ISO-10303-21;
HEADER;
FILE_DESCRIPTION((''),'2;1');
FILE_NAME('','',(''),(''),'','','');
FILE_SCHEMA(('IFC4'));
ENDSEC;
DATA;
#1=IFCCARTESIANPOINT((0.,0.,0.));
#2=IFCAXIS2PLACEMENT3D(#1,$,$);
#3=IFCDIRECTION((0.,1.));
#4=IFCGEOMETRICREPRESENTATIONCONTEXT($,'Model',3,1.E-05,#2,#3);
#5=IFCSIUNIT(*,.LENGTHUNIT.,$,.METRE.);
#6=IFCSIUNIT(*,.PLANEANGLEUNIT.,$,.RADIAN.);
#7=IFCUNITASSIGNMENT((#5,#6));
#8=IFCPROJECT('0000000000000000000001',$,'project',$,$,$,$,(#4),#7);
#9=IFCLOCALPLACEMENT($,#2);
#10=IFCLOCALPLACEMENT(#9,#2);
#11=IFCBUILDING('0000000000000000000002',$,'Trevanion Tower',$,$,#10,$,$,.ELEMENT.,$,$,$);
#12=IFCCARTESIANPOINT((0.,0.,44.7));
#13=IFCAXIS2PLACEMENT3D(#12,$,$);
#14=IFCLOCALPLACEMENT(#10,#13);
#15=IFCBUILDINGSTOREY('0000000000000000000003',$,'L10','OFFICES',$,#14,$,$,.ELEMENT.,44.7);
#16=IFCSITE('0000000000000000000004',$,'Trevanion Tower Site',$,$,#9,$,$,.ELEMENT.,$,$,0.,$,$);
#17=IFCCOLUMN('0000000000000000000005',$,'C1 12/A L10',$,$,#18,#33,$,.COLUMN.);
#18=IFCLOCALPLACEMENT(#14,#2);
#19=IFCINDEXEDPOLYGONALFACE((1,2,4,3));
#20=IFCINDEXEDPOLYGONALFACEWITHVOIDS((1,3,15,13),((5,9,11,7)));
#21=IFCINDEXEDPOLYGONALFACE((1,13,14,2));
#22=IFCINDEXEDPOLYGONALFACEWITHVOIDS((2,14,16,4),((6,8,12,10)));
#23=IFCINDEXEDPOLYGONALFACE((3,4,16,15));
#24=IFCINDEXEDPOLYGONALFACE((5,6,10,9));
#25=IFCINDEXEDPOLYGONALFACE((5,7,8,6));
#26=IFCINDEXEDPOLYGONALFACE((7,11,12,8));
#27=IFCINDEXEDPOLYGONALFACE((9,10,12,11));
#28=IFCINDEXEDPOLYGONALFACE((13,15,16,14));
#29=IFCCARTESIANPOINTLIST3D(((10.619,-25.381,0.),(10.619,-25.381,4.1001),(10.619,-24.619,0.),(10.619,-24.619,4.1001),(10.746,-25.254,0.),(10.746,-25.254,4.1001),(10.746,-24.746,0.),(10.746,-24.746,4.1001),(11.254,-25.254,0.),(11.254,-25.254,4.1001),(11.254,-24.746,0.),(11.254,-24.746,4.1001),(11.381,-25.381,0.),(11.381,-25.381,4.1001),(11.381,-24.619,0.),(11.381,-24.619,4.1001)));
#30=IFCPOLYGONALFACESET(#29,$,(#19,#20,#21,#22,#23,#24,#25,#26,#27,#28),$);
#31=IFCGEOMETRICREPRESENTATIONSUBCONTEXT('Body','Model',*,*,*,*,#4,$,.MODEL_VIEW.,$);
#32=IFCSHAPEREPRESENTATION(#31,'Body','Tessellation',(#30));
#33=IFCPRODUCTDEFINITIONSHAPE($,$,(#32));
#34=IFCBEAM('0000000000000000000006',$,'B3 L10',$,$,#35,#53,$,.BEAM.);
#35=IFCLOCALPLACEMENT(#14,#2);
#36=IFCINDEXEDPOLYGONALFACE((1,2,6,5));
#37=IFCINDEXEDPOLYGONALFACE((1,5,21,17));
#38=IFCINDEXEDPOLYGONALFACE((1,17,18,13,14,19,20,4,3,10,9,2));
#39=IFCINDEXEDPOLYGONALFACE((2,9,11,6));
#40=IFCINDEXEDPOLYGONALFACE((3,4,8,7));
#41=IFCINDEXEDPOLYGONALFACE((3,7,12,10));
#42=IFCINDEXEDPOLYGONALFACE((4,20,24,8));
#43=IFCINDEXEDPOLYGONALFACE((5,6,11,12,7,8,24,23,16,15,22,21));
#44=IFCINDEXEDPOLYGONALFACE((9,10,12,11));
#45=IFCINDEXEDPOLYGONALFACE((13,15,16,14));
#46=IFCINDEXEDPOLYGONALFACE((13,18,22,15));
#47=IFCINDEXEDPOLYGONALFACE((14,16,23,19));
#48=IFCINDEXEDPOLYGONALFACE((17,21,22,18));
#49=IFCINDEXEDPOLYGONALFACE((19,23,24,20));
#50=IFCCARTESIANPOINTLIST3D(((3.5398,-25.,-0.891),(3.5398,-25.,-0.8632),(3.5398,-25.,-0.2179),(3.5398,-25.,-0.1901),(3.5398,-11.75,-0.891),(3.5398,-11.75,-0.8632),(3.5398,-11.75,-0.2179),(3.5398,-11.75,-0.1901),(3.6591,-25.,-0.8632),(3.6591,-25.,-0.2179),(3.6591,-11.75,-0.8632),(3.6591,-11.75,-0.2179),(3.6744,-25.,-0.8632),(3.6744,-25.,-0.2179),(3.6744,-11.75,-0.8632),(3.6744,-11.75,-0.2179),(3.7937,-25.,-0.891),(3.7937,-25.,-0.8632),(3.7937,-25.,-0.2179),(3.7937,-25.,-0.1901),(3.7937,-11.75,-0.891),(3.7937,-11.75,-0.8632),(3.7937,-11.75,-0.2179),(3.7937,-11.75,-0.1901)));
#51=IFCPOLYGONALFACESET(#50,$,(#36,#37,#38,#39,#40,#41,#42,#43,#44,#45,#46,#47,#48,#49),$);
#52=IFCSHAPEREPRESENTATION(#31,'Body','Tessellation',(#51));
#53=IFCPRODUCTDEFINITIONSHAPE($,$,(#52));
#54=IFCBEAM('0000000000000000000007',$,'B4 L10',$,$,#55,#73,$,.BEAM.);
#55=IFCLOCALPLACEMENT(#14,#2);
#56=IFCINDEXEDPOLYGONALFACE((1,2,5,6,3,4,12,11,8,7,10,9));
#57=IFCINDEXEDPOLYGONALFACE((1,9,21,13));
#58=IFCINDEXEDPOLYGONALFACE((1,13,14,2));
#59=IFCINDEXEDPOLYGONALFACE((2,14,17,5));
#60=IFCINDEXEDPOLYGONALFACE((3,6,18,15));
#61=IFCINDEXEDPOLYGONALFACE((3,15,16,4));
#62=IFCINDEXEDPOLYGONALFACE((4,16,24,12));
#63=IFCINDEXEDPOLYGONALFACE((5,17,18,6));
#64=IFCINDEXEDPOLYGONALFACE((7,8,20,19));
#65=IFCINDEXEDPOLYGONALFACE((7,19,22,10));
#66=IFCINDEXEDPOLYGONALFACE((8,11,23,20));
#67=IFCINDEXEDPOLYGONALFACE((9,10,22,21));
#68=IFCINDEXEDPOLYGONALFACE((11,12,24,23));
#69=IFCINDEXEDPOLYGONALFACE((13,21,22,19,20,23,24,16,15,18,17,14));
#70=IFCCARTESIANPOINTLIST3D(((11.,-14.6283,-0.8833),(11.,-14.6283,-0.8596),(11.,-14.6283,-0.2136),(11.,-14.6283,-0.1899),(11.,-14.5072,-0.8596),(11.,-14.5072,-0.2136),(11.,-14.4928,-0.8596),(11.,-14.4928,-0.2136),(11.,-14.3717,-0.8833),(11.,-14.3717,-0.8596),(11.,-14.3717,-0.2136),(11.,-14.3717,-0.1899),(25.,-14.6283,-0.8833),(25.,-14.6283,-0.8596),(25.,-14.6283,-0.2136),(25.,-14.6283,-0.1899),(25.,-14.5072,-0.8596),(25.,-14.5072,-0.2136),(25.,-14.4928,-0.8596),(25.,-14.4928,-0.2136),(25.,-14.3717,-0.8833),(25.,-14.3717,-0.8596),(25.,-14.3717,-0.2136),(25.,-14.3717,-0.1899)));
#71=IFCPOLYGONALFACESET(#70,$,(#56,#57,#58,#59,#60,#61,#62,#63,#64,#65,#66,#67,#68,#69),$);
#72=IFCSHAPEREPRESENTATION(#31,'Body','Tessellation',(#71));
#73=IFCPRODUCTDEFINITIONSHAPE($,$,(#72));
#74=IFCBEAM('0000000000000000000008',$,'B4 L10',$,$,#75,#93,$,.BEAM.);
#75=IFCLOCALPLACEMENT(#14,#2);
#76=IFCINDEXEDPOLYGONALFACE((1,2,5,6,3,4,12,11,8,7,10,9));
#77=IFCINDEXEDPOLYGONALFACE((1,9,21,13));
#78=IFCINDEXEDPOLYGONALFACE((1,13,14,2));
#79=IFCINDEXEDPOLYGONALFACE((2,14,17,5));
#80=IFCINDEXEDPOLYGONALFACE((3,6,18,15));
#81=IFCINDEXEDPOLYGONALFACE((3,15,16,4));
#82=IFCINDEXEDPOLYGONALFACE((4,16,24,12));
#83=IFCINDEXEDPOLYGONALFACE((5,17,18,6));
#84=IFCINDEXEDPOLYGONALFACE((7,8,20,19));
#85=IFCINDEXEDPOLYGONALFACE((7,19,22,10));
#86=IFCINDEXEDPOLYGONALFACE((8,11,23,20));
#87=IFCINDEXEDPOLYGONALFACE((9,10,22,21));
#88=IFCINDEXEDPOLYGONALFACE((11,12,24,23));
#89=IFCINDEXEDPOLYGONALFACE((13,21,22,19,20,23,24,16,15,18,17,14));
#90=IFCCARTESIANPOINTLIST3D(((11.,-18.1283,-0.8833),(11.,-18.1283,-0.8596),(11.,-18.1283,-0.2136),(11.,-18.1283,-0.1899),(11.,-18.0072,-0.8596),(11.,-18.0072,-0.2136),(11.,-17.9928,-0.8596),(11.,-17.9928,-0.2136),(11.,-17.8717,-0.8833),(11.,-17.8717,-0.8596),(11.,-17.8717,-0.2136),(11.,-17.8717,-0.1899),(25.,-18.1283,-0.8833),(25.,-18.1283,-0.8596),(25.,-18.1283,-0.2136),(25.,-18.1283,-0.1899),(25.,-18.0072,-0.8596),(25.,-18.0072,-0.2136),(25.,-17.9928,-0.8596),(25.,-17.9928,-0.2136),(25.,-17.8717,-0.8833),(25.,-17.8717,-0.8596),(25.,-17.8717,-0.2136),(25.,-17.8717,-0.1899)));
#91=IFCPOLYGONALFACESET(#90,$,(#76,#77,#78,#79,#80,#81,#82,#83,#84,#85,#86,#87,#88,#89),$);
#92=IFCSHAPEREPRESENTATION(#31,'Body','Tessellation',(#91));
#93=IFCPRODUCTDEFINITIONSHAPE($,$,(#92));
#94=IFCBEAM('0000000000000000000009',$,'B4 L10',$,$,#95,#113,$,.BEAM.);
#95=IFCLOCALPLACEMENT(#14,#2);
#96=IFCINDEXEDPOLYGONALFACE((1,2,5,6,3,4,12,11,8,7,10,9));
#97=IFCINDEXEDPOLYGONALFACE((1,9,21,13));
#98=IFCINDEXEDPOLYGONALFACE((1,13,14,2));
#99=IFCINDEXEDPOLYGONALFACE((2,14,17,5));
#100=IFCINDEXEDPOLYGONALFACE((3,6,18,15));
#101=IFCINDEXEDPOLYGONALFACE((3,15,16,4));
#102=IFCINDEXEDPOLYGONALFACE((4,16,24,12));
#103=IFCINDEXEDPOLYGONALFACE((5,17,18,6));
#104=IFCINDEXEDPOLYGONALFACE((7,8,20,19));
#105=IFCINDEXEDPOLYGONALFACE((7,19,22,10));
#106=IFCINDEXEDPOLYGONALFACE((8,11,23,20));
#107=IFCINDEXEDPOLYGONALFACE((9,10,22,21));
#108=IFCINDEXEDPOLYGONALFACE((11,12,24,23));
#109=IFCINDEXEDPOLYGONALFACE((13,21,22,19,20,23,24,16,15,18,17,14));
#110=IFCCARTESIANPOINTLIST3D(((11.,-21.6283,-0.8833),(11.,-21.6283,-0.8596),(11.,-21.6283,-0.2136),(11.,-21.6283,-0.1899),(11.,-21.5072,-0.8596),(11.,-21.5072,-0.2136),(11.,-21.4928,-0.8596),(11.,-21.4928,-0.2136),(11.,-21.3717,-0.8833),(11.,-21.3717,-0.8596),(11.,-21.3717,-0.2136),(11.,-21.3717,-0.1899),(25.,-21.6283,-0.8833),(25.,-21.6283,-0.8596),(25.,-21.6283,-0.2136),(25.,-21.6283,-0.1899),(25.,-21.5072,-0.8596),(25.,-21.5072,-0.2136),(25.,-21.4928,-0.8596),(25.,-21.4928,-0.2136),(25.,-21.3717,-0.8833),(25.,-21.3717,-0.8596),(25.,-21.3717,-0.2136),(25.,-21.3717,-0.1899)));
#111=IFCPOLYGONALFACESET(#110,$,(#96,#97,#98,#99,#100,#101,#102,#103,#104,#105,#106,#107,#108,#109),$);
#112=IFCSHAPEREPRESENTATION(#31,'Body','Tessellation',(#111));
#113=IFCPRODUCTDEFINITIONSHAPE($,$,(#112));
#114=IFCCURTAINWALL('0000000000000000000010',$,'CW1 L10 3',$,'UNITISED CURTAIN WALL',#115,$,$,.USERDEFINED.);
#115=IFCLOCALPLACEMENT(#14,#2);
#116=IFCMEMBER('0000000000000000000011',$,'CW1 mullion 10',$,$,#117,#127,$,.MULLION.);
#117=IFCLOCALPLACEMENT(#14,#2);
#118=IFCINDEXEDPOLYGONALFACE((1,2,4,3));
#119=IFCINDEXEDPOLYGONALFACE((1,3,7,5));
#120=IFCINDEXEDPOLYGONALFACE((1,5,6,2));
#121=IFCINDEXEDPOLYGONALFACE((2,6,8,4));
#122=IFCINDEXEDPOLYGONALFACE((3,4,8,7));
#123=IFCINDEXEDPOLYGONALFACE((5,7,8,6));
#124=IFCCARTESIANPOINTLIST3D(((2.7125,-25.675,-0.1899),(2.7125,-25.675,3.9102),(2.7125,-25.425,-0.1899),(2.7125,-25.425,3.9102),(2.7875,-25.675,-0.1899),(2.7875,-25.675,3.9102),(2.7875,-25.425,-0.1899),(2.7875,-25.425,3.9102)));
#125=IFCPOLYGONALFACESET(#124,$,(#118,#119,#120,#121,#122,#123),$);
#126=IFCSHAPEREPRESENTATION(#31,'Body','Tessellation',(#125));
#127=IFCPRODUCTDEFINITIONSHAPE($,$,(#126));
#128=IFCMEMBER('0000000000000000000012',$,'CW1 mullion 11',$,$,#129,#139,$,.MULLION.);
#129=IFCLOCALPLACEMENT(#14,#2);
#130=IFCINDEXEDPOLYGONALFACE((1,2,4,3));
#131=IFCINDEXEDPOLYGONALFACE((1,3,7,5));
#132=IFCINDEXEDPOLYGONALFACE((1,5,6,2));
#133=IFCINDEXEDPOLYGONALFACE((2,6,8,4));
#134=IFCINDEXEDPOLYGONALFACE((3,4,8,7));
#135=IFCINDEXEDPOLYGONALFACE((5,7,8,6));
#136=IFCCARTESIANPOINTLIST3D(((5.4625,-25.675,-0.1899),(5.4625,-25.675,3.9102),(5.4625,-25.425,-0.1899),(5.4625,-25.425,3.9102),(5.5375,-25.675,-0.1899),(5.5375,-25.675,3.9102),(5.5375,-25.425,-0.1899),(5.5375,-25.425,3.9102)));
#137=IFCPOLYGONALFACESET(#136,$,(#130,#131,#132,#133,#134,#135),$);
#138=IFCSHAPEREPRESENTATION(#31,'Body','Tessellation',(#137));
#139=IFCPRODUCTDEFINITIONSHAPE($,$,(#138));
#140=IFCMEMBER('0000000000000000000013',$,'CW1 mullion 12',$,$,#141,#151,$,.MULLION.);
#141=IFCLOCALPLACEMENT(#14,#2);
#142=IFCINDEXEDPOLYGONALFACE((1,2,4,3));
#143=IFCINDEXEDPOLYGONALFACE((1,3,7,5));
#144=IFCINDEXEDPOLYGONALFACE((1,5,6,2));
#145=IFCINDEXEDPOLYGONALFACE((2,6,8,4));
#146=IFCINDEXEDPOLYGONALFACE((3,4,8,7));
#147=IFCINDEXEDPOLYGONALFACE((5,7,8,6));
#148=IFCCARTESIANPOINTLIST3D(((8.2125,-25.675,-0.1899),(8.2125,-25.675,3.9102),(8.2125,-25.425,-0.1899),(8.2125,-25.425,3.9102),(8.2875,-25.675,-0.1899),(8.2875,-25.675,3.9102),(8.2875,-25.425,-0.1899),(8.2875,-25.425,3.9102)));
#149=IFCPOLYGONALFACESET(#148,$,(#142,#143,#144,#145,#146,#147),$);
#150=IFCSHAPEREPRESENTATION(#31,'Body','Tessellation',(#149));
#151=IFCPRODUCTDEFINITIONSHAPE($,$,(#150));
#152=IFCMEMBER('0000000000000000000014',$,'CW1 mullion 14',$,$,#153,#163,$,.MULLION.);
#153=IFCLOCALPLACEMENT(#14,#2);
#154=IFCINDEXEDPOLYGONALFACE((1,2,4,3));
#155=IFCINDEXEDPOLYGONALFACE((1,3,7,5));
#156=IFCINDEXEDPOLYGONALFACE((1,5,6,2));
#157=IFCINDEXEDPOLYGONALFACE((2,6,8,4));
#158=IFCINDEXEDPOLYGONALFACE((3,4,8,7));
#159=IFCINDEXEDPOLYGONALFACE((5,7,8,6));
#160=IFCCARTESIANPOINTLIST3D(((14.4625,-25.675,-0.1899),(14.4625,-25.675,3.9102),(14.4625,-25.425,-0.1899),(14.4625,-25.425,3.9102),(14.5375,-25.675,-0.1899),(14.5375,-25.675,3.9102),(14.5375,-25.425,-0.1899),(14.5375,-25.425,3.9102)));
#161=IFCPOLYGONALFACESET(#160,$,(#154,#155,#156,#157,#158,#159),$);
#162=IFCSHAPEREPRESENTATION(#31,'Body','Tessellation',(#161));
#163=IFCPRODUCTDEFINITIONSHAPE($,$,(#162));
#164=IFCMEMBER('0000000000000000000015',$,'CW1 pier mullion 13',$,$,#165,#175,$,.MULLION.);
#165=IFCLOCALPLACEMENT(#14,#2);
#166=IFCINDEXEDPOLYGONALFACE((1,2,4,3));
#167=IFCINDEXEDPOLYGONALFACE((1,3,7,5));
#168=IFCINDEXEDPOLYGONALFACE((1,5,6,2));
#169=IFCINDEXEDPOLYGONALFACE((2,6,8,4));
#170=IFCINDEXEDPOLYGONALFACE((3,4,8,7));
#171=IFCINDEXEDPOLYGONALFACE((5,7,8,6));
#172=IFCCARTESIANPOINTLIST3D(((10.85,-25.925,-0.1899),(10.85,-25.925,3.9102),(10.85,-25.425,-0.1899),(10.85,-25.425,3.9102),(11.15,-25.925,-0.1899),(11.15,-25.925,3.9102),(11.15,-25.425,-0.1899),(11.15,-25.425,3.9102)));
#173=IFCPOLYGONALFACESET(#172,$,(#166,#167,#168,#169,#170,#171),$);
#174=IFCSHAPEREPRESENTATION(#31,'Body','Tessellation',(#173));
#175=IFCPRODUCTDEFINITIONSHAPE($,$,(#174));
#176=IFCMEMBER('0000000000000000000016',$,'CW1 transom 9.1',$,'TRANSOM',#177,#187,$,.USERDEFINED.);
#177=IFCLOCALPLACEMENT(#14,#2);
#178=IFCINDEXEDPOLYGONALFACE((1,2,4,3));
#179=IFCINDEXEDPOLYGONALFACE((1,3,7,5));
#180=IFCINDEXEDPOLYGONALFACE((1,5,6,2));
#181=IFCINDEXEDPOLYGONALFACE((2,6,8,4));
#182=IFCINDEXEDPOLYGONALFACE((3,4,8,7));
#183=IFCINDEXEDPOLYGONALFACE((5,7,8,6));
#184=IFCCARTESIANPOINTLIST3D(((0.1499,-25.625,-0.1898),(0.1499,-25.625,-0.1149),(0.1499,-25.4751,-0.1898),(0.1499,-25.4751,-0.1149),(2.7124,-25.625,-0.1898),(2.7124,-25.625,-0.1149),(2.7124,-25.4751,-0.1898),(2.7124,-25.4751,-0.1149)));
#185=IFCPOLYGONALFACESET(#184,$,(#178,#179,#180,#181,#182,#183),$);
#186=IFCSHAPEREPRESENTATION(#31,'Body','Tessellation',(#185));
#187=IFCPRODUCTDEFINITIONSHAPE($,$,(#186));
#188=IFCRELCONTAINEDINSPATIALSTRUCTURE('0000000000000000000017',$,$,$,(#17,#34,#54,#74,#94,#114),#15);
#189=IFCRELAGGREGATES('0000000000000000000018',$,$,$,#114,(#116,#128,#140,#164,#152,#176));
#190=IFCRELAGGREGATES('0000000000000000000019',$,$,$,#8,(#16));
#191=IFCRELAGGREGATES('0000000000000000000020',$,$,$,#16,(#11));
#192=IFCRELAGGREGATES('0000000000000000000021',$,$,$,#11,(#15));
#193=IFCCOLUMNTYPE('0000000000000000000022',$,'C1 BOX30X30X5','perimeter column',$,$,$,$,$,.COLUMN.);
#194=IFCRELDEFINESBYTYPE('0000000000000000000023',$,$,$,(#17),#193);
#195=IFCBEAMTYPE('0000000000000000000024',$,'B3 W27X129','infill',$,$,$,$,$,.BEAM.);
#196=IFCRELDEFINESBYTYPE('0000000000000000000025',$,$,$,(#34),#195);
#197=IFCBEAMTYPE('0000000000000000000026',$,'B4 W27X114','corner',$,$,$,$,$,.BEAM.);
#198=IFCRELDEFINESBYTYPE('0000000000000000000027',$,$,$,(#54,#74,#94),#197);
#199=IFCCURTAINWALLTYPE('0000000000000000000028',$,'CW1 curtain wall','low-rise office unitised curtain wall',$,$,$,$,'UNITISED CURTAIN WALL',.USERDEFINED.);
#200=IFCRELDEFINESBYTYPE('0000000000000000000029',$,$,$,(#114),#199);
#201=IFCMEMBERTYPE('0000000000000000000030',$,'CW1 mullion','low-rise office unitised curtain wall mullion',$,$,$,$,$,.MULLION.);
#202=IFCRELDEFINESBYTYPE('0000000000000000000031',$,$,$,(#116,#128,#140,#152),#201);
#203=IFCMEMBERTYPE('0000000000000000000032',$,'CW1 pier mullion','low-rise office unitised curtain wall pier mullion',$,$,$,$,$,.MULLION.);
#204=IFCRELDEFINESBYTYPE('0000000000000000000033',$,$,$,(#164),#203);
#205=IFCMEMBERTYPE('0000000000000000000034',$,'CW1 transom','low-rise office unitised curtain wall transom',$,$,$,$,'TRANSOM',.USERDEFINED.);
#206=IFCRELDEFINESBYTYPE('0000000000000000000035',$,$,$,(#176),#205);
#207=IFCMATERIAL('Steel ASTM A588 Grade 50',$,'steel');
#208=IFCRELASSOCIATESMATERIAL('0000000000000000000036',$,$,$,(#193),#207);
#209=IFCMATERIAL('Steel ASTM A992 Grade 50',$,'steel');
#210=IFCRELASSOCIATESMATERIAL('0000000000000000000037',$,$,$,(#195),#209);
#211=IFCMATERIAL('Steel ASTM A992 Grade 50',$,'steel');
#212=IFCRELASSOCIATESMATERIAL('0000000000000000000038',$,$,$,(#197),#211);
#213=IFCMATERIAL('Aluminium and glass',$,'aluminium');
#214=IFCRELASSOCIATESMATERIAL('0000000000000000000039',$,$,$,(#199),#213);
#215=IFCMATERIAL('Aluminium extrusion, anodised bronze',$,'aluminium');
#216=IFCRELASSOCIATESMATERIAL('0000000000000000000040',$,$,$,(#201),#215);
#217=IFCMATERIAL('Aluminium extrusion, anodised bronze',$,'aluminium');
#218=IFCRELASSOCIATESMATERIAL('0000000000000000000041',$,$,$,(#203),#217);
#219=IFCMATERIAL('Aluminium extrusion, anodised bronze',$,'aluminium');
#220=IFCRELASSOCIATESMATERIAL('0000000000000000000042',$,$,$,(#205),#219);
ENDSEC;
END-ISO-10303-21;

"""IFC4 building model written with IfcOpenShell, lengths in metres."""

from ifc_helpers import new_model, si_unit, direction, frame, origin, origin_2d, place, context, subcontext, project, spatial, rectangle, hollow_rectangle, i_section, extrude, material, material_profile, profile_set, type_object, element, aggregate, save


model = new_model("IFC4")

# Units and contexts
model_context = context("Model", 3, precision=1e-05, world=origin(), true_north=direction((0.0, 1.0)))
body_context = subcontext(model_context, "Body", "Model", "MODEL_VIEW")
ifc_project = project(units=[si_unit("LENGTHUNIT", "METRE"), si_unit("PLANEANGLEUNIT", "RADIAN")], contexts=[model_context])

# Site, building, storey
site_placement = place(None, origin())
site = spatial("IfcSite", under=ifc_project, at=site_placement, Name="Trevanion Tower Site", CompositionType="ELEMENT", RefElevation=0.0)
building_placement = place(site_placement, origin())
building = spatial("IfcBuilding", under=site, at=building_placement, Name="Trevanion Tower", CompositionType="ELEMENT")
storey_placement = place(building_placement, frame((0.0, 0.0, 44.7)))
storey = spatial("IfcBuildingStorey", under=building, at=storey_placement, Name="L10", Description="OFFICES", CompositionType="ELEMENT", Elevation=44.7)

# Column
ifc_material_1 = material(Name="Steel ASTM A588 Grade 50", Category="steel")
ifc_material_profile_1 = material_profile(ifc_material_1, hollow_rectangle(XDim=0.762, YDim=0.762, WallThickness=0.127, at=origin_2d()), Name="BOX30X30X5")
ifc_profile_set_1 = profile_set([ifc_material_profile_1], Name="Steel ASTM A588 Grade 50")
column_type = type_object("IfcColumnType", Name="C1 BOX30X30X5", Description="perimeter column", PredefinedType="COLUMN", material=ifc_profile_set_1)
column_placement = place(storey_placement, frame((11.0, -25.0, 0.0), z_axis=(0.0, 0.0, 1.0), x_axis=(1.0, 0.0, 0.0)))
element("IfcColumn", 1, at=column_placement, inside=storey, type_object=column_type, Name="C1 12/A L10", PredefinedType="COLUMN", context=body_context, shape_type="SweptSolid", body=[
    extrude(hollow_rectangle(XDim=0.762, YDim=0.762, WallThickness=0.127, at=origin_2d()), origin(), (0.0, 0.0, 1.0), 4.1001),
])

# Beams
ifc_material_2 = material(Name="Steel ASTM A992 Grade 50", Category="steel")
ifc_material_profile_2 = material_profile(ifc_material_2, i_section(OverallWidth=0.2539, OverallDepth=0.7009, WebThickness=0.0154, FlangeThickness=0.0278, at=origin_2d()), Name="W27X129")
ifc_profile_set_2 = profile_set([ifc_material_profile_2], Name="Steel ASTM A992 Grade 50")
beam_type_1 = type_object("IfcBeamType", Name="B3 W27X129", Description="infill", PredefinedType="BEAM", material=ifc_profile_set_2)
beam_1_placement = place(storey_placement, frame((3.6667, -11.75, -0.5405), z_axis=(0.0, -1.0, 0.0), x_axis=(1.0, 0.0, 0.0)))
element("IfcBeam", 2, at=beam_1_placement, inside=storey, type_object=beam_type_1, Name="B3 L10", PredefinedType="BEAM", context=body_context, shape_type="SweptSolid", body=[
    extrude(i_section(OverallWidth=0.2539, OverallDepth=0.7009, WebThickness=0.0154, FlangeThickness=0.0278, at=origin_2d()), origin(), (0.0, 0.0, 1.0), 13.25),
])
ifc_material_3 = material(Name="Steel ASTM A992 Grade 50", Category="steel")
ifc_material_profile_3 = material_profile(ifc_material_3, i_section(OverallWidth=0.2566, OverallDepth=0.6934, WebThickness=0.0144, FlangeThickness=0.0237, at=origin_2d()), Name="W27X114")
ifc_profile_set_3 = profile_set([ifc_material_profile_3], Name="Steel ASTM A992 Grade 50")
beam_type_2 = type_object("IfcBeamType", Name="B4 W27X114", Description="corner", PredefinedType="BEAM", material=ifc_profile_set_3)
for number, where, z_axis, x_axis, name in (
    (3, (11.0, -14.5, -0.5366), (1.0, 0.0, 0.0), (0.0, 1.0, 0.0), "B4 L10"),
    (4, (11.0, -18.0, -0.5366), (1.0, 0.0, 0.0), (0.0, 1.0, 0.0), "B4 L10"),
    (5, (11.0, -21.5, -0.5366), (1.0, 0.0, 0.0), (0.0, 1.0, 0.0), "B4 L10"),
):
    element("IfcBeam", number, at=place(storey_placement, frame(where, z_axis=z_axis, x_axis=x_axis)), inside=storey, type_object=beam_type_2, Name=name, PredefinedType="BEAM", context=body_context, shape_type="SweptSolid", body=[
        extrude(i_section(OverallWidth=0.2566, OverallDepth=0.6934, WebThickness=0.0144, FlangeThickness=0.0237, at=origin_2d()), origin(), (0.0, 0.0, 1.0), 14.0),
    ])

# Curtain wall, members
ifc_material_4 = material(Name="Aluminium and glass", Category="aluminium")
curtain_wall_type = type_object("IfcCurtainWallType", Name="CW1 curtain wall", Description="low-rise office unitised curtain wall", ElementType="UNITISED CURTAIN WALL", PredefinedType="USERDEFINED", material=ifc_material_4)
curtain_wall_placement = place(storey_placement, origin())
curtain_wall = element("IfcCurtainWall", 6, at=curtain_wall_placement, inside=storey, type_object=curtain_wall_type, Name="CW1 L10 3", ObjectType="UNITISED CURTAIN WALL", PredefinedType="USERDEFINED")
ifc_material_5 = material(Name="Aluminium extrusion, anodised bronze", Category="aluminium")
ifc_material_profile_4 = material_profile(ifc_material_5, rectangle(XDim=0.075, YDim=0.25, at=origin_2d()), Name="CW1 mullion")
ifc_profile_set_4 = profile_set([ifc_material_profile_4], Name="Aluminium extrusion, anodised bronze")
member_type_1 = type_object("IfcMemberType", Name="CW1 mullion", Description="low-rise office unitised curtain wall mullion", PredefinedType="MULLION", material=ifc_profile_set_4)
member_1_placement = place(storey_placement, frame((2.75, -25.55, -0.1899), z_axis=(0.0, 0.0, 1.0), x_axis=(1.0, 0.0, 0.0)))
member_1 = element("IfcMember", 7, at=member_1_placement, type_object=member_type_1, Name="CW1 mullion 10", PredefinedType="MULLION", context=body_context, shape_type="SweptSolid", body=[
    extrude(rectangle(XDim=0.075, YDim=0.25, at=origin_2d()), origin(), (0.0, 0.0, 1.0), 4.1001),
])
member_2_placement = place(storey_placement, frame((5.5, -25.55, -0.1899), z_axis=(0.0, 0.0, 1.0), x_axis=(1.0, 0.0, 0.0)))
member_2 = element("IfcMember", 8, at=member_2_placement, type_object=member_type_1, Name="CW1 mullion 11", PredefinedType="MULLION", context=body_context, shape_type="SweptSolid", body=[
    extrude(rectangle(XDim=0.075, YDim=0.25, at=origin_2d()), origin(), (0.0, 0.0, 1.0), 4.1001),
])
member_3_placement = place(storey_placement, frame((8.25, -25.55, -0.1899), z_axis=(0.0, 0.0, 1.0), x_axis=(1.0, 0.0, 0.0)))
member_3 = element("IfcMember", 9, at=member_3_placement, type_object=member_type_1, Name="CW1 mullion 12", PredefinedType="MULLION", context=body_context, shape_type="SweptSolid", body=[
    extrude(rectangle(XDim=0.075, YDim=0.25, at=origin_2d()), origin(), (0.0, 0.0, 1.0), 4.1001),
])
member_4_placement = place(storey_placement, frame((14.5, -25.55, -0.1899), z_axis=(0.0, 0.0, 1.0), x_axis=(1.0, 0.0, 0.0)))
member_4 = element("IfcMember", 10, at=member_4_placement, type_object=member_type_1, Name="CW1 mullion 14", PredefinedType="MULLION", context=body_context, shape_type="SweptSolid", body=[
    extrude(rectangle(XDim=0.075, YDim=0.25, at=origin_2d()), origin(), (0.0, 0.0, 1.0), 4.1001),
])
ifc_material_6 = material(Name="Aluminium extrusion, anodised bronze", Category="aluminium")
ifc_material_profile_5 = material_profile(ifc_material_6, rectangle(XDim=0.3, YDim=0.5, at=origin_2d()), Name="CW1 pier mullion")
ifc_profile_set_5 = profile_set([ifc_material_profile_5], Name="Aluminium extrusion, anodised bronze")
member_type_2 = type_object("IfcMemberType", Name="CW1 pier mullion", Description="low-rise office unitised curtain wall pier mullion", PredefinedType="MULLION", material=ifc_profile_set_5)
member_5_placement = place(storey_placement, frame((11.0, -25.675, -0.1899), z_axis=(0.0, 0.0, 1.0), x_axis=(1.0, 0.0, 0.0)))
member_5 = element("IfcMember", 11, at=member_5_placement, type_object=member_type_2, Name="CW1 pier mullion 13", PredefinedType="MULLION", context=body_context, shape_type="SweptSolid", body=[
    extrude(rectangle(XDim=0.3, YDim=0.5, at=origin_2d()), origin(), (0.0, 0.0, 1.0), 4.1001),
])
ifc_material_7 = material(Name="Aluminium extrusion, anodised bronze", Category="aluminium")
ifc_material_profile_6 = material_profile(ifc_material_7, rectangle(XDim=0.1499, YDim=0.075, at=origin_2d()), Name="CW1 transom")
ifc_profile_set_6 = profile_set([ifc_material_profile_6], Name="Aluminium extrusion, anodised bronze")
member_type_3 = type_object("IfcMemberType", Name="CW1 transom", Description="low-rise office unitised curtain wall transom", ElementType="TRANSOM", PredefinedType="USERDEFINED", material=ifc_profile_set_6)
member_6_placement = place(storey_placement, frame((0.1499, -25.55, -0.1523), z_axis=(1.0, 0.0, 0.0), x_axis=(0.0, 1.0, 0.0)))
member_6 = element("IfcMember", 12, at=member_6_placement, type_object=member_type_3, Name="CW1 transom 9.1", ObjectType="TRANSOM", PredefinedType="USERDEFINED", context=body_context, shape_type="SweptSolid", body=[
    extrude(rectangle(XDim=0.1499, YDim=0.075, at=origin_2d()), origin(), (0.0, 0.0, 1.0), 2.5625),
])

aggregate(curtain_wall, [member_1, member_2, member_3, member_5, member_4, member_6])

save(model, "model.ifc")
